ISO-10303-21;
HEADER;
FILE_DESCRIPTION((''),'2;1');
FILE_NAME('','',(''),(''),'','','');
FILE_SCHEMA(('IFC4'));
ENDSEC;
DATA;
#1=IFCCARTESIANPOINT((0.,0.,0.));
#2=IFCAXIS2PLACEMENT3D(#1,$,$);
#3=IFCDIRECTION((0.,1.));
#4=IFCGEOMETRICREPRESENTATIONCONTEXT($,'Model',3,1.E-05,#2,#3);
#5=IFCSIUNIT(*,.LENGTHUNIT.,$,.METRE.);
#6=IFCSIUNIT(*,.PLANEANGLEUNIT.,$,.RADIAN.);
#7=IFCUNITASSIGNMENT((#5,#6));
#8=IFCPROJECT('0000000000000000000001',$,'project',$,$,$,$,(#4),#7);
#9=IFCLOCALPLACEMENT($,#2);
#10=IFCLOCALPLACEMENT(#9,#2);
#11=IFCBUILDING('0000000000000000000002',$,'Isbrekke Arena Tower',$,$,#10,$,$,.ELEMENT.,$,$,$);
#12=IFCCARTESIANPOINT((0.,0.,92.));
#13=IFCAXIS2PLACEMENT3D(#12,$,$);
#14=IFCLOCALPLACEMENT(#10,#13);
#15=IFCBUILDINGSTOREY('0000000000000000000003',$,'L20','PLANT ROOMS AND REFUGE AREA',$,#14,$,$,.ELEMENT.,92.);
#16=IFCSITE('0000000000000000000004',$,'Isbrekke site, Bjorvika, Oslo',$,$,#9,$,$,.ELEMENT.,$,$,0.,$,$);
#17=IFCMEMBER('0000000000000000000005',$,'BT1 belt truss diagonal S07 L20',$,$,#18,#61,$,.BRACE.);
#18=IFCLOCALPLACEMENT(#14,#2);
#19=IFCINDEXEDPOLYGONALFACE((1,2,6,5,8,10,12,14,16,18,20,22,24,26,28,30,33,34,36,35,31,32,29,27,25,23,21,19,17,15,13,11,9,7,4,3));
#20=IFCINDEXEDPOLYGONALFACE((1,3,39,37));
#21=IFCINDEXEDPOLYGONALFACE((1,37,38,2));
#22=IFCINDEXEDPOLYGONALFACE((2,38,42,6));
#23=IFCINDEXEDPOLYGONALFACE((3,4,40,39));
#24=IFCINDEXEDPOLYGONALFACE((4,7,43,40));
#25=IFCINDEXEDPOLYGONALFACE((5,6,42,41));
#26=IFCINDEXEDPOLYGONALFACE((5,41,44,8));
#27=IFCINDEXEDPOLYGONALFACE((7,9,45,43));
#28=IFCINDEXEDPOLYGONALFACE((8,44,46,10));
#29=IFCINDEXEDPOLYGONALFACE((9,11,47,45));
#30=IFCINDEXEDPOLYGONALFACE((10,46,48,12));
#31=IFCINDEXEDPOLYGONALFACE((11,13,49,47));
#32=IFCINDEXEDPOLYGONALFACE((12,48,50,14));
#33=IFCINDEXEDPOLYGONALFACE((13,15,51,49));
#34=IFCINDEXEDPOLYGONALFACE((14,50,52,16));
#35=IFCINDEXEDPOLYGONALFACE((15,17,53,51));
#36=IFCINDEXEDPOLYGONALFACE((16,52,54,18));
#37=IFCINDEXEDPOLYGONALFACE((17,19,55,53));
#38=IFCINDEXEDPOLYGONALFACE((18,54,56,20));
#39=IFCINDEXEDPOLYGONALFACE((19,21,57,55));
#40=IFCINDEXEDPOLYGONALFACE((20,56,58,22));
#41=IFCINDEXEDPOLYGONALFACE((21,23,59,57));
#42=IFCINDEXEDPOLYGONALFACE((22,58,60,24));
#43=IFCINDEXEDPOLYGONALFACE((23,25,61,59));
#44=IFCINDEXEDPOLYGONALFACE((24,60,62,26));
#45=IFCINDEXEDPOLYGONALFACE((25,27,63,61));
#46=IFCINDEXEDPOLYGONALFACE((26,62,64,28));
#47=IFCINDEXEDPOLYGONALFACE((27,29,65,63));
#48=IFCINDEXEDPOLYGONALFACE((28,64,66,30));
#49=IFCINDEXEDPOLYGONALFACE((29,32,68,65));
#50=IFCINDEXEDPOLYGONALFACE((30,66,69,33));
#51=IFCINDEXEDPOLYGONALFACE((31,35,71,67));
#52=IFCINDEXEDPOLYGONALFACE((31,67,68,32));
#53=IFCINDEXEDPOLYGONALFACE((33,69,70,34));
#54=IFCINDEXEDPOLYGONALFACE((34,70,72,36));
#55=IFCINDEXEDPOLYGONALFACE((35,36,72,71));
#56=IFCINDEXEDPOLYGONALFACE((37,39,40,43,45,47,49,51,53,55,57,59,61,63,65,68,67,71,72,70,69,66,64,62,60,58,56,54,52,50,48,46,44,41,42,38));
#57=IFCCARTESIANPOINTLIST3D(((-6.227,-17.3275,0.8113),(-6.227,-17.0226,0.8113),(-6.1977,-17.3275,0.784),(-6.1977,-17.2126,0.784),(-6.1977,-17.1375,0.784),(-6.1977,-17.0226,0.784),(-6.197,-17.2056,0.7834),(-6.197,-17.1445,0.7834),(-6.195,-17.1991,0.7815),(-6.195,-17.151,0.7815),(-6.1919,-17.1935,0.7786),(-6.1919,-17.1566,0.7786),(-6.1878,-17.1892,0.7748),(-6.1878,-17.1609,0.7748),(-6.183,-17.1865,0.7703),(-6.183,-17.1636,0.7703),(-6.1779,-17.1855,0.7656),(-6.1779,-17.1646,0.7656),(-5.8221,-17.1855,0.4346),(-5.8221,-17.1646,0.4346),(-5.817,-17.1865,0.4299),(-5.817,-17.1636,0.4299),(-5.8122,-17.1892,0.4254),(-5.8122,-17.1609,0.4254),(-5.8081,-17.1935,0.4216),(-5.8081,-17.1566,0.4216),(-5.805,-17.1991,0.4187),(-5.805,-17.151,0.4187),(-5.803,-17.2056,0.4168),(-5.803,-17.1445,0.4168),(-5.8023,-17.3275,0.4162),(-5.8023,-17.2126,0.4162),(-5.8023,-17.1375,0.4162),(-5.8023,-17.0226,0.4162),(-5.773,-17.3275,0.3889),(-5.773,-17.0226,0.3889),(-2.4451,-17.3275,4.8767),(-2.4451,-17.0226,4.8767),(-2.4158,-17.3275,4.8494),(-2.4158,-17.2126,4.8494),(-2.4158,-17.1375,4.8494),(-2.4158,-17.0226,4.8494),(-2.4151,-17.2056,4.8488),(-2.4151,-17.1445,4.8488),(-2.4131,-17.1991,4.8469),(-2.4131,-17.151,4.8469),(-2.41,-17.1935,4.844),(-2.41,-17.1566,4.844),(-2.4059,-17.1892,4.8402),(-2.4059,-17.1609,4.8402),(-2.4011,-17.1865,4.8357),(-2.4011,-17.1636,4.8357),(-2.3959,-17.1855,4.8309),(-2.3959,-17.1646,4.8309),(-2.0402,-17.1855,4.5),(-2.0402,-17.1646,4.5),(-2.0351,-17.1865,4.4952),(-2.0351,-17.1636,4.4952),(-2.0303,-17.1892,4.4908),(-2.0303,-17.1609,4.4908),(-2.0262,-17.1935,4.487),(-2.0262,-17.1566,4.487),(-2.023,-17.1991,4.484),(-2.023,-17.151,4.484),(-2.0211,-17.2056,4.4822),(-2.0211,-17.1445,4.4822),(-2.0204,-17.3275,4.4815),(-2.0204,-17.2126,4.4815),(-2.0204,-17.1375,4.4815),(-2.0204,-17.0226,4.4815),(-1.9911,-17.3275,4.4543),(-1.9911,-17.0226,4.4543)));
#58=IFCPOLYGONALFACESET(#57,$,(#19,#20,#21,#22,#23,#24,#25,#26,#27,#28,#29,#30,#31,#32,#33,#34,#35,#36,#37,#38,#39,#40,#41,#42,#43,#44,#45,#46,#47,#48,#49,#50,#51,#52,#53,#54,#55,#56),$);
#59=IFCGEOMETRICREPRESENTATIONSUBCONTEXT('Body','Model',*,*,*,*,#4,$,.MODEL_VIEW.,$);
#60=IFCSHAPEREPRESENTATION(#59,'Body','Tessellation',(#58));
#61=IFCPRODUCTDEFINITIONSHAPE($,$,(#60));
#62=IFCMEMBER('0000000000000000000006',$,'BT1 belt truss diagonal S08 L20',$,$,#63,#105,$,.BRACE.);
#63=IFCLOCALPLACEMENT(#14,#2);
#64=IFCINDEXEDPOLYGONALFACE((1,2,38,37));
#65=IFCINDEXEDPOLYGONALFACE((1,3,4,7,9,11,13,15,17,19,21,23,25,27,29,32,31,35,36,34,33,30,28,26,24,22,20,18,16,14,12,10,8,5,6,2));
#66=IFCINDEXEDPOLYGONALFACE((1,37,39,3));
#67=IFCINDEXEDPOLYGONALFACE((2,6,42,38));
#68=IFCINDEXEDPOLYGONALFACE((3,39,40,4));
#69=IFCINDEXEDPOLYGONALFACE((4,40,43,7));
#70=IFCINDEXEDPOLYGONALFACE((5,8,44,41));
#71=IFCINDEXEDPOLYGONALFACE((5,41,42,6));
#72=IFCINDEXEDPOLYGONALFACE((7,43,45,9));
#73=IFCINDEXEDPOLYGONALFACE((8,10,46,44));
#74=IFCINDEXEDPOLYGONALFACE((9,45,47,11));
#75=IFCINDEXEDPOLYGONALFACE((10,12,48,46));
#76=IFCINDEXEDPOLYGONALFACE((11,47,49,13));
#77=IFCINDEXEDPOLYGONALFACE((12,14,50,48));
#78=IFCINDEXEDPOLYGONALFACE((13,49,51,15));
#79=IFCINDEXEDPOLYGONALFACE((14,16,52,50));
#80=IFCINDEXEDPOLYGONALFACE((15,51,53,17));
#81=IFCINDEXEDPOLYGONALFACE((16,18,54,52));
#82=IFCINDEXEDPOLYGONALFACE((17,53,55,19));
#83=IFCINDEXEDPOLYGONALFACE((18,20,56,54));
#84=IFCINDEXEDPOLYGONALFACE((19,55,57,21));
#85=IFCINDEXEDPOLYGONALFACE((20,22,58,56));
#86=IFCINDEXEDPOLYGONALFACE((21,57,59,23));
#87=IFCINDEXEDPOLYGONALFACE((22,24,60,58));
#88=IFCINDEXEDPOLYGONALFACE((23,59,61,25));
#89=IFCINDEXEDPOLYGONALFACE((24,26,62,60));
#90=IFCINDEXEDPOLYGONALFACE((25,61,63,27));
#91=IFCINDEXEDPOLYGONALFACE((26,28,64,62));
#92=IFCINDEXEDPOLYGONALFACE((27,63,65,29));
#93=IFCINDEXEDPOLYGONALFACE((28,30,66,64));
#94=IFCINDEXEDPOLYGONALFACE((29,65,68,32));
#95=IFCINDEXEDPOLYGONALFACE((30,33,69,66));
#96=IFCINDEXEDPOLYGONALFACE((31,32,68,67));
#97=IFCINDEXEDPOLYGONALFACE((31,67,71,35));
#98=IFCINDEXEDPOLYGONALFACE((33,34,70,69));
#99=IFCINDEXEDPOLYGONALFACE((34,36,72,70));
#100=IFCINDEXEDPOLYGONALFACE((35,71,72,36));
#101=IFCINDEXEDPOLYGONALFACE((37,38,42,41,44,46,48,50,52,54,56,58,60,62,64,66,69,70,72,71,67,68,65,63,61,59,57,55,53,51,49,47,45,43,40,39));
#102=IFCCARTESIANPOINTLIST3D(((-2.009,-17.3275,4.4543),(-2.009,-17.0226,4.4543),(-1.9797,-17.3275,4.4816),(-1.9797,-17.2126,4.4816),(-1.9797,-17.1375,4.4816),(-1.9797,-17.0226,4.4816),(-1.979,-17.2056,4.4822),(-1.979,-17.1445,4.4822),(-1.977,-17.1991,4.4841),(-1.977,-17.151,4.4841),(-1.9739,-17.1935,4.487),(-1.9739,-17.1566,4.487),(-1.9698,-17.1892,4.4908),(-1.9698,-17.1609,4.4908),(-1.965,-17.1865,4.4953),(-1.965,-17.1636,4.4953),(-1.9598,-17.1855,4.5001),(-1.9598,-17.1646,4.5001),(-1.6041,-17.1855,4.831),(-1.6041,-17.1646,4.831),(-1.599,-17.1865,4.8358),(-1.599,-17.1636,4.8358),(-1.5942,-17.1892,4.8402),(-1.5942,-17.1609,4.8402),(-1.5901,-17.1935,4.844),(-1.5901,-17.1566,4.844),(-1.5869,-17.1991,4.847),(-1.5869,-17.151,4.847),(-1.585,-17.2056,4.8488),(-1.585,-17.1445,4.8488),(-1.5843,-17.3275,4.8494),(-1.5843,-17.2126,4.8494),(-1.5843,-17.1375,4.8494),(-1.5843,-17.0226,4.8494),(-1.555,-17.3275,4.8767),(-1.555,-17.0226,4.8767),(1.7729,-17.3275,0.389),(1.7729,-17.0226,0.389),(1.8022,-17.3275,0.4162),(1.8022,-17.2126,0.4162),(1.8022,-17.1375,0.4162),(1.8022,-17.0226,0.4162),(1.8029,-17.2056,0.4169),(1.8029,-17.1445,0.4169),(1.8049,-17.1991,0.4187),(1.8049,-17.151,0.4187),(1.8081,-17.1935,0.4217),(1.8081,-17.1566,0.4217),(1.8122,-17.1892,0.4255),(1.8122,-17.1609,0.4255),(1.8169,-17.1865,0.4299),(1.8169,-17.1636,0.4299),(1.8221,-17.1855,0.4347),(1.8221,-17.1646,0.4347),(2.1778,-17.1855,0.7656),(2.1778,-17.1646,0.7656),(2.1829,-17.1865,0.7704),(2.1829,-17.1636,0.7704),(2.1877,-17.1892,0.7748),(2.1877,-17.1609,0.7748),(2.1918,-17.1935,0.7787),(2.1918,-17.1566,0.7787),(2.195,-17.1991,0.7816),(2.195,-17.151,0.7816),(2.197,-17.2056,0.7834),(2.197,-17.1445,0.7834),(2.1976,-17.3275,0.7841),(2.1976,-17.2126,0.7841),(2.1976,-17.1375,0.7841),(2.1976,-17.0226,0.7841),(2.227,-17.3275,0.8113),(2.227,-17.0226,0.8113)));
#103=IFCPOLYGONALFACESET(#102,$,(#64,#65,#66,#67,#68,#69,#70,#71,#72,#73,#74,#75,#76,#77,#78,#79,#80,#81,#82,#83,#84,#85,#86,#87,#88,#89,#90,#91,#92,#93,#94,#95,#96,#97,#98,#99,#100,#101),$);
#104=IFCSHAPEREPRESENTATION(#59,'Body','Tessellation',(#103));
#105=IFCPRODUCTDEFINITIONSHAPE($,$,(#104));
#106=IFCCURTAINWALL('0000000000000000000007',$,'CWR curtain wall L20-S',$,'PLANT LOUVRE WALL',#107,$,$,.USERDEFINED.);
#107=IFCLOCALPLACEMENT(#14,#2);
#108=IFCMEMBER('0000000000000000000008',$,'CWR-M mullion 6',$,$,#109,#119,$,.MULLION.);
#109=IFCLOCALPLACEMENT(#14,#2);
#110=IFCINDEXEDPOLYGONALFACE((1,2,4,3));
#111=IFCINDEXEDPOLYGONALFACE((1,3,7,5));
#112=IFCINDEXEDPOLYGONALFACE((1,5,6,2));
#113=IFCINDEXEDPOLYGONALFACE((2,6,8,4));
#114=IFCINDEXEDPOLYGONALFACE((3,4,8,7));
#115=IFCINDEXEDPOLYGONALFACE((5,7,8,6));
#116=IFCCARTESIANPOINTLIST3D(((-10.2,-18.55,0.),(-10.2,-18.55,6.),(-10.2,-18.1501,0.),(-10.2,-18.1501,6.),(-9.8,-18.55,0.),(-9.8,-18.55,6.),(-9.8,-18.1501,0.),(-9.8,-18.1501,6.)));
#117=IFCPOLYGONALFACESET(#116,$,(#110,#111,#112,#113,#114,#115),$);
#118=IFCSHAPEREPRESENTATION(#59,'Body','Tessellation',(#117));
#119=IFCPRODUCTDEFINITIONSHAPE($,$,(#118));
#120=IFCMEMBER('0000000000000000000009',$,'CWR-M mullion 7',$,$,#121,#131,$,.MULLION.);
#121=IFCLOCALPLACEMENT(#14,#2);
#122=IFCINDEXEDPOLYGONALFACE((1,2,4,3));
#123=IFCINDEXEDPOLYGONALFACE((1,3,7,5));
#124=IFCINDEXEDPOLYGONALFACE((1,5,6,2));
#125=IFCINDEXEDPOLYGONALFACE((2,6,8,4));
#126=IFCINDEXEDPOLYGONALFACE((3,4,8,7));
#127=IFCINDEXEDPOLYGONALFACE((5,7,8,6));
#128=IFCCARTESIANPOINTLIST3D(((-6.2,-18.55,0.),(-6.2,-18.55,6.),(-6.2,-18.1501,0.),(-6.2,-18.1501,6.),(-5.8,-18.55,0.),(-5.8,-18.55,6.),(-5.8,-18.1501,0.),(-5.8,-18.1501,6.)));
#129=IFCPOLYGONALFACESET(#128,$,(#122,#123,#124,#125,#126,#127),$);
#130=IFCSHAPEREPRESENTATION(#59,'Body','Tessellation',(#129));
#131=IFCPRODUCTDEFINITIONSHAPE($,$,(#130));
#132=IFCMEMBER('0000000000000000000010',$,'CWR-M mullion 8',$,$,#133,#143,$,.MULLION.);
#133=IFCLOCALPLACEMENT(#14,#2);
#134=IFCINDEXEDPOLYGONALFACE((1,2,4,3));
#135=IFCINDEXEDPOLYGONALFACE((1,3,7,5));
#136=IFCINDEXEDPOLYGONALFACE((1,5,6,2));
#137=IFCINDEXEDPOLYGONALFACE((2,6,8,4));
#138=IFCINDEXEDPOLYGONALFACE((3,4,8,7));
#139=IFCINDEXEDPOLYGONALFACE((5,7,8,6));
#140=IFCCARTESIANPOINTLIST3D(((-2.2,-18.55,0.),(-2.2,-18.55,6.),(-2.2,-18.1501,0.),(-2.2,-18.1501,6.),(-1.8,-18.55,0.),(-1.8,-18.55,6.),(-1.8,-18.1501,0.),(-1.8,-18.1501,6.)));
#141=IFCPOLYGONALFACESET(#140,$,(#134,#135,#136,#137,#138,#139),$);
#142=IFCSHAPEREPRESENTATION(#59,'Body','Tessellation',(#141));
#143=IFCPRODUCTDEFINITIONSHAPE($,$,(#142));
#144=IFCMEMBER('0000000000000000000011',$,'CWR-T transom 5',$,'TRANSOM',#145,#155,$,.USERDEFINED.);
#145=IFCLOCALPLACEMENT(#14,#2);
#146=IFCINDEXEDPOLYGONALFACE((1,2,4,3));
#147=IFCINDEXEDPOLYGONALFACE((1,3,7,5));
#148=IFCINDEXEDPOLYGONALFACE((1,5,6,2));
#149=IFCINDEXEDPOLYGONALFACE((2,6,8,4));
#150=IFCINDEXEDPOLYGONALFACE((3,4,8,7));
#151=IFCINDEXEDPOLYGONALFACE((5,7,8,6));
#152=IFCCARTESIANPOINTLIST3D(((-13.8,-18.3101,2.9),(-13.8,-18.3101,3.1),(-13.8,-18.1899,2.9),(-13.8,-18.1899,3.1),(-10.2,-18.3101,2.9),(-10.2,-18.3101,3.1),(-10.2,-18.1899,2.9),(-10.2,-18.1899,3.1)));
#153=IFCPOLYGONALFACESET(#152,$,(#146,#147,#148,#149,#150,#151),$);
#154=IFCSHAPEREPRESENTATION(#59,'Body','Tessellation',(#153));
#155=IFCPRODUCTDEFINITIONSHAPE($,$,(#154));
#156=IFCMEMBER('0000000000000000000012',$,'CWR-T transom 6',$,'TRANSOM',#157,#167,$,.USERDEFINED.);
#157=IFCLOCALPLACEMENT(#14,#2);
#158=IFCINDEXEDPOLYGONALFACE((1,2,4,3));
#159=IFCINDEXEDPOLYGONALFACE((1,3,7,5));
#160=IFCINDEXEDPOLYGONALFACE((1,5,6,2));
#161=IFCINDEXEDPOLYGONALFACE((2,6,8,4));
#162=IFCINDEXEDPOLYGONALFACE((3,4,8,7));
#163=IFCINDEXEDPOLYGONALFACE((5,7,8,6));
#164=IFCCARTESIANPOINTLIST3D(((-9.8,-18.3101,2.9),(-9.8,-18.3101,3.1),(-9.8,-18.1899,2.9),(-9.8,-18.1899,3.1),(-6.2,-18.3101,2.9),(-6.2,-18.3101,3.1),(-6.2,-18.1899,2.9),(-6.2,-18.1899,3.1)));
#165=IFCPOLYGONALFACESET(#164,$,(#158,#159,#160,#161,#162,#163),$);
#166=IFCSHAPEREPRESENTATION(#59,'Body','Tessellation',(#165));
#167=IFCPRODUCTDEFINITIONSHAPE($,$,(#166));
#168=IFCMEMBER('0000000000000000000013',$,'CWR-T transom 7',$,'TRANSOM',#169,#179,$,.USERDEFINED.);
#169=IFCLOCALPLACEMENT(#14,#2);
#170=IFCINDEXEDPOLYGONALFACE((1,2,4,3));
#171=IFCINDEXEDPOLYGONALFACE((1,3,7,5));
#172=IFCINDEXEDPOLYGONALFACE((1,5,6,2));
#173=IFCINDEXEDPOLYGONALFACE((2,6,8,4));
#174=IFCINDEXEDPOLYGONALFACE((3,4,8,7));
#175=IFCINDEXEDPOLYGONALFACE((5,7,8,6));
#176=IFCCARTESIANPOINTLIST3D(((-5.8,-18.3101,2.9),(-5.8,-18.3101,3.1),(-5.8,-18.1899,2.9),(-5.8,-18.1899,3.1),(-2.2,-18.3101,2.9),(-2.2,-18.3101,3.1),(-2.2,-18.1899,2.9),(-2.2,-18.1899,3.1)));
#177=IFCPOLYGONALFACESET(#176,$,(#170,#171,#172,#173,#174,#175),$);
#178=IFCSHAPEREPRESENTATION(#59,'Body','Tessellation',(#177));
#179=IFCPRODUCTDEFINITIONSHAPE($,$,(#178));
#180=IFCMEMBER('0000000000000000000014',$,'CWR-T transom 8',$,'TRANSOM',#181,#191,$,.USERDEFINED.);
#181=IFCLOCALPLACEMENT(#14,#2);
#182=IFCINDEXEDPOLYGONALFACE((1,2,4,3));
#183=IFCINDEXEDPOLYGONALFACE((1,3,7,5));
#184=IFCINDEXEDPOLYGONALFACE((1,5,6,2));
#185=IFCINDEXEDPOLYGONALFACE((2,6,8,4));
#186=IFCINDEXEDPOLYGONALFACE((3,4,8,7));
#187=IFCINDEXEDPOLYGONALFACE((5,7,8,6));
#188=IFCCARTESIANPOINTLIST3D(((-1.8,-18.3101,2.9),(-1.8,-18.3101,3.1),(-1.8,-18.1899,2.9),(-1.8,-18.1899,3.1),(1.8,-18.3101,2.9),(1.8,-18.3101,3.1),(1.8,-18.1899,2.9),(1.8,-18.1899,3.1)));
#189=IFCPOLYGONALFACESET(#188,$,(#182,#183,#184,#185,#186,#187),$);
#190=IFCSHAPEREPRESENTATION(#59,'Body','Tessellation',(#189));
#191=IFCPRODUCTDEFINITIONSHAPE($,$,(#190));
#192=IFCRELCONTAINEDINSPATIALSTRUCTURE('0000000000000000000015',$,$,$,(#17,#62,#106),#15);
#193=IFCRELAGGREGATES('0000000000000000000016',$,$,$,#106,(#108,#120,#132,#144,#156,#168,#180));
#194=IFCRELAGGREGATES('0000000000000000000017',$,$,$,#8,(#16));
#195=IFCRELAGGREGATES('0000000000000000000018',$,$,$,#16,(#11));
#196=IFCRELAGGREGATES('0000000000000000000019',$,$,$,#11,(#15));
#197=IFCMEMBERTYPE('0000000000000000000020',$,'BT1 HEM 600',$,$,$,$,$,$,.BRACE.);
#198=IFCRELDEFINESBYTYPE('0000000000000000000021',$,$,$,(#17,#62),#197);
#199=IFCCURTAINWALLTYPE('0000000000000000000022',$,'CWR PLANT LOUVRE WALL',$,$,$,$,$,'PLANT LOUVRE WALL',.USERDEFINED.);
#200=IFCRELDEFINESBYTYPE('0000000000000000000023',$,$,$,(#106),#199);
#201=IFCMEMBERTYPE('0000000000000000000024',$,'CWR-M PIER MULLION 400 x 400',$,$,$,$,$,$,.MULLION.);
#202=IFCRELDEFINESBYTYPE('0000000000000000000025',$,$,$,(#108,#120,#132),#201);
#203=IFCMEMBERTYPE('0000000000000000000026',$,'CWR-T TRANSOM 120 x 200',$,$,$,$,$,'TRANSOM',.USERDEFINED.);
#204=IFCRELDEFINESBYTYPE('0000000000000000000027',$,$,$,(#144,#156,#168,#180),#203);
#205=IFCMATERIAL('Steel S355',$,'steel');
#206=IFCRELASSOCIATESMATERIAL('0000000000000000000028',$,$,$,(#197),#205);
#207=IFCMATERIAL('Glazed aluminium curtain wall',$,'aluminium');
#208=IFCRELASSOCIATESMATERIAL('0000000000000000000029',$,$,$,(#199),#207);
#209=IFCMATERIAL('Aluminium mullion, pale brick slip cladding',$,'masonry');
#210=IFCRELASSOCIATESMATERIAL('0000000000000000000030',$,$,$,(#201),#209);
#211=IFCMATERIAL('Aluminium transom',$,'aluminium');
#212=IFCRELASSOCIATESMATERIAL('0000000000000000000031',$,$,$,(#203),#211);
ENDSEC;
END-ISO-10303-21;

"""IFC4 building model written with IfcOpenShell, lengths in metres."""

from ifc_helpers import new_model, si_unit, direction, frame, origin, origin_2d, place, context, subcontext, project, spatial, rectangle, i_section, extrude, material, material_profile, profile_set, type_object, element, aggregate, save


model = new_model("IFC4")

# Units and contexts
model_context = context("Model", 3, precision=1e-05, world=origin(), true_north=direction((0.0, 1.0)))
body_context = subcontext(model_context, "Body", "Model", "MODEL_VIEW")
ifc_project = project(units=[si_unit("LENGTHUNIT", "METRE"), si_unit("PLANEANGLEUNIT", "RADIAN")], contexts=[model_context])

# Site, building, storey
site_placement = place(None, origin())
site = spatial("IfcSite", under=ifc_project, at=site_placement, Name="Isbrekke site, Bjorvika, Oslo", CompositionType="ELEMENT", RefElevation=0.0)
building_placement = place(site_placement, origin())
building = spatial("IfcBuilding", under=site, at=building_placement, Name="Isbrekke Arena Tower", CompositionType="ELEMENT")
storey_placement = place(building_placement, frame((0.0, 0.0, 92.0)))
storey = spatial("IfcBuildingStorey", under=building, at=storey_placement, Name="L20", Description="PLANT ROOMS AND REFUGE AREA", CompositionType="ELEMENT", Elevation=92.0)

# Members
ifc_material_1 = material(Name="Steel S355", Category="steel")
ifc_material_profile_1 = material_profile(ifc_material_1, i_section(OverallWidth=0.3049, OverallDepth=0.6201, WebThickness=0.021, FlangeThickness=0.04, FilletRadius=0.0271, at=origin_2d()), Name="HEM 600")
ifc_profile_set_1 = profile_set([ifc_material_profile_1], Name="Steel S355")
member_type_1 = type_object("IfcMemberType", Name="BT1 HEM 600", PredefinedType="BRACE", material=ifc_profile_set_1)
for number, where, z_axis, x_axis, name in (
    (1, (-6.0, -17.175, 0.6001), (0.681122, 0.0, 0.73217), (0.0, 1.0, 0.0), "BT1 belt truss diagonal S07 L20"),
    (2, (-1.782, -17.175, 4.6655), (0.681122, 0.0, -0.73217), (0.0, 1.0, 0.0), "BT1 belt truss diagonal S08 L20"),
):
    element("IfcMember", number, at=place(storey_placement, frame(where, z_axis=z_axis, x_axis=x_axis)), inside=storey, type_object=member_type_1, Name=name, PredefinedType="BRACE", context=body_context, shape_type="SweptSolid", body=[
        extrude(i_section(OverallWidth=0.3049, OverallDepth=0.6201, WebThickness=0.021, FlangeThickness=0.04, FilletRadius=0.0271, at=origin_2d()), origin(), (0.0, 0.0, 1.0), 5.5525),
    ])

# Curtain wall, members
ifc_material_2 = material(Name="Glazed aluminium curtain wall", Category="aluminium")
curtain_wall_type = type_object("IfcCurtainWallType", Name="CWR PLANT LOUVRE WALL", ElementType="PLANT LOUVRE WALL", PredefinedType="USERDEFINED", material=ifc_material_2)
curtain_wall_placement = place(storey_placement, origin())
curtain_wall = element("IfcCurtainWall", 3, at=curtain_wall_placement, inside=storey, type_object=curtain_wall_type, Name="CWR curtain wall L20-S", ObjectType="PLANT LOUVRE WALL", PredefinedType="USERDEFINED")
ifc_material_3 = material(Name="Aluminium mullion, pale brick slip cladding", Category="masonry")
ifc_material_profile_2 = material_profile(ifc_material_3, rectangle(XDim=0.3999, YDim=0.3999, at=origin_2d()), Name="PIER 400X400")
ifc_profile_set_2 = profile_set([ifc_material_profile_2], Name="Aluminium mullion, pale brick slip cladding")
member_type_2 = type_object("IfcMemberType", Name="CWR-M PIER MULLION 400 x 400", PredefinedType="MULLION", material=ifc_profile_set_2)
member_1_placement = place(storey_placement, frame((-10.0, -18.3501, 0.0), z_axis=(0.0, 0.0, 1.0), x_axis=(1.0, 0.0, 0.0)))
member_1 = element("IfcMember", 4, at=member_1_placement, type_object=member_type_2, Name="CWR-M mullion 6", PredefinedType="MULLION", context=body_context, shape_type="SweptSolid", body=[
    extrude(rectangle(XDim=0.3999, YDim=0.3999, at=origin_2d()), origin(), (0.0, 0.0, 1.0), 6.0),
])
member_2_placement = place(storey_placement, frame((-6.0, -18.3501, 0.0), z_axis=(0.0, 0.0, 1.0), x_axis=(1.0, 0.0, 0.0)))
member_2 = element("IfcMember", 5, at=member_2_placement, type_object=member_type_2, Name="CWR-M mullion 7", PredefinedType="MULLION", context=body_context, shape_type="SweptSolid", body=[
    extrude(rectangle(XDim=0.3999, YDim=0.3999, at=origin_2d()), origin(), (0.0, 0.0, 1.0), 6.0),
])
member_3_placement = place(storey_placement, frame((-2.0, -18.3501, 0.0), z_axis=(0.0, 0.0, 1.0), x_axis=(1.0, 0.0, 0.0)))
member_3 = element("IfcMember", 6, at=member_3_placement, type_object=member_type_2, Name="CWR-M mullion 8", PredefinedType="MULLION", context=body_context, shape_type="SweptSolid", body=[
    extrude(rectangle(XDim=0.3999, YDim=0.3999, at=origin_2d()), origin(), (0.0, 0.0, 1.0), 6.0),
])
ifc_material_4 = material(Name="Aluminium transom", Category="aluminium")
ifc_material_profile_3 = material_profile(ifc_material_4, rectangle(XDim=0.1201, YDim=0.2, at=origin_2d()), Name="TRANSOM 120X200")
ifc_profile_set_3 = profile_set([ifc_material_profile_3], Name="Aluminium transom")
member_type_3 = type_object("IfcMemberType", Name="CWR-T TRANSOM 120 x 200", ElementType="TRANSOM", PredefinedType="USERDEFINED", material=ifc_profile_set_3)
member_4_placement = place(storey_placement, frame((-13.8, -18.25, 3.0), z_axis=(1.0, 0.0, 0.0), x_axis=(0.0, 1.0, 0.0)))
member_4 = element("IfcMember", 7, at=member_4_placement, type_object=member_type_3, Name="CWR-T transom 5", ObjectType="TRANSOM", PredefinedType="USERDEFINED", context=body_context, shape_type="SweptSolid", body=[
    extrude(rectangle(XDim=0.1201, YDim=0.2, at=origin_2d()), origin(), (0.0, 0.0, 1.0), 3.6001),
])
member_5_placement = place(storey_placement, frame((-9.8, -18.25, 3.0), z_axis=(1.0, 0.0, 0.0), x_axis=(0.0, 1.0, 0.0)))
member_5 = element("IfcMember", 8, at=member_5_placement, type_object=member_type_3, Name="CWR-T transom 6", ObjectType="TRANSOM", PredefinedType="USERDEFINED", context=body_context, shape_type="SweptSolid", body=[
    extrude(rectangle(XDim=0.1201, YDim=0.2, at=origin_2d()), origin(), (0.0, 0.0, 1.0), 3.6001),
])
member_6_placement = place(storey_placement, frame((-5.8, -18.25, 3.0), z_axis=(1.0, 0.0, 0.0), x_axis=(0.0, 1.0, 0.0)))
member_6 = element("IfcMember", 9, at=member_6_placement, type_object=member_type_3, Name="CWR-T transom 7", ObjectType="TRANSOM", PredefinedType="USERDEFINED", context=body_context, shape_type="SweptSolid", body=[
    extrude(rectangle(XDim=0.1201, YDim=0.2, at=origin_2d()), origin(), (0.0, 0.0, 1.0), 3.6001),
])
member_7_placement = place(storey_placement, frame((-1.8, -18.25, 3.0), z_axis=(1.0, 0.0, 0.0), x_axis=(0.0, 1.0, 0.0)))
member_7 = element("IfcMember", 10, at=member_7_placement, type_object=member_type_3, Name="CWR-T transom 8", ObjectType="TRANSOM", PredefinedType="USERDEFINED", context=body_context, shape_type="SweptSolid", body=[
    extrude(rectangle(XDim=0.1201, YDim=0.2, at=origin_2d()), origin(), (0.0, 0.0, 1.0), 3.6001),
])

aggregate(curtain_wall, [member_1, member_2, member_3, member_4, member_5, member_6, member_7])

save(model, "model.ifc")
